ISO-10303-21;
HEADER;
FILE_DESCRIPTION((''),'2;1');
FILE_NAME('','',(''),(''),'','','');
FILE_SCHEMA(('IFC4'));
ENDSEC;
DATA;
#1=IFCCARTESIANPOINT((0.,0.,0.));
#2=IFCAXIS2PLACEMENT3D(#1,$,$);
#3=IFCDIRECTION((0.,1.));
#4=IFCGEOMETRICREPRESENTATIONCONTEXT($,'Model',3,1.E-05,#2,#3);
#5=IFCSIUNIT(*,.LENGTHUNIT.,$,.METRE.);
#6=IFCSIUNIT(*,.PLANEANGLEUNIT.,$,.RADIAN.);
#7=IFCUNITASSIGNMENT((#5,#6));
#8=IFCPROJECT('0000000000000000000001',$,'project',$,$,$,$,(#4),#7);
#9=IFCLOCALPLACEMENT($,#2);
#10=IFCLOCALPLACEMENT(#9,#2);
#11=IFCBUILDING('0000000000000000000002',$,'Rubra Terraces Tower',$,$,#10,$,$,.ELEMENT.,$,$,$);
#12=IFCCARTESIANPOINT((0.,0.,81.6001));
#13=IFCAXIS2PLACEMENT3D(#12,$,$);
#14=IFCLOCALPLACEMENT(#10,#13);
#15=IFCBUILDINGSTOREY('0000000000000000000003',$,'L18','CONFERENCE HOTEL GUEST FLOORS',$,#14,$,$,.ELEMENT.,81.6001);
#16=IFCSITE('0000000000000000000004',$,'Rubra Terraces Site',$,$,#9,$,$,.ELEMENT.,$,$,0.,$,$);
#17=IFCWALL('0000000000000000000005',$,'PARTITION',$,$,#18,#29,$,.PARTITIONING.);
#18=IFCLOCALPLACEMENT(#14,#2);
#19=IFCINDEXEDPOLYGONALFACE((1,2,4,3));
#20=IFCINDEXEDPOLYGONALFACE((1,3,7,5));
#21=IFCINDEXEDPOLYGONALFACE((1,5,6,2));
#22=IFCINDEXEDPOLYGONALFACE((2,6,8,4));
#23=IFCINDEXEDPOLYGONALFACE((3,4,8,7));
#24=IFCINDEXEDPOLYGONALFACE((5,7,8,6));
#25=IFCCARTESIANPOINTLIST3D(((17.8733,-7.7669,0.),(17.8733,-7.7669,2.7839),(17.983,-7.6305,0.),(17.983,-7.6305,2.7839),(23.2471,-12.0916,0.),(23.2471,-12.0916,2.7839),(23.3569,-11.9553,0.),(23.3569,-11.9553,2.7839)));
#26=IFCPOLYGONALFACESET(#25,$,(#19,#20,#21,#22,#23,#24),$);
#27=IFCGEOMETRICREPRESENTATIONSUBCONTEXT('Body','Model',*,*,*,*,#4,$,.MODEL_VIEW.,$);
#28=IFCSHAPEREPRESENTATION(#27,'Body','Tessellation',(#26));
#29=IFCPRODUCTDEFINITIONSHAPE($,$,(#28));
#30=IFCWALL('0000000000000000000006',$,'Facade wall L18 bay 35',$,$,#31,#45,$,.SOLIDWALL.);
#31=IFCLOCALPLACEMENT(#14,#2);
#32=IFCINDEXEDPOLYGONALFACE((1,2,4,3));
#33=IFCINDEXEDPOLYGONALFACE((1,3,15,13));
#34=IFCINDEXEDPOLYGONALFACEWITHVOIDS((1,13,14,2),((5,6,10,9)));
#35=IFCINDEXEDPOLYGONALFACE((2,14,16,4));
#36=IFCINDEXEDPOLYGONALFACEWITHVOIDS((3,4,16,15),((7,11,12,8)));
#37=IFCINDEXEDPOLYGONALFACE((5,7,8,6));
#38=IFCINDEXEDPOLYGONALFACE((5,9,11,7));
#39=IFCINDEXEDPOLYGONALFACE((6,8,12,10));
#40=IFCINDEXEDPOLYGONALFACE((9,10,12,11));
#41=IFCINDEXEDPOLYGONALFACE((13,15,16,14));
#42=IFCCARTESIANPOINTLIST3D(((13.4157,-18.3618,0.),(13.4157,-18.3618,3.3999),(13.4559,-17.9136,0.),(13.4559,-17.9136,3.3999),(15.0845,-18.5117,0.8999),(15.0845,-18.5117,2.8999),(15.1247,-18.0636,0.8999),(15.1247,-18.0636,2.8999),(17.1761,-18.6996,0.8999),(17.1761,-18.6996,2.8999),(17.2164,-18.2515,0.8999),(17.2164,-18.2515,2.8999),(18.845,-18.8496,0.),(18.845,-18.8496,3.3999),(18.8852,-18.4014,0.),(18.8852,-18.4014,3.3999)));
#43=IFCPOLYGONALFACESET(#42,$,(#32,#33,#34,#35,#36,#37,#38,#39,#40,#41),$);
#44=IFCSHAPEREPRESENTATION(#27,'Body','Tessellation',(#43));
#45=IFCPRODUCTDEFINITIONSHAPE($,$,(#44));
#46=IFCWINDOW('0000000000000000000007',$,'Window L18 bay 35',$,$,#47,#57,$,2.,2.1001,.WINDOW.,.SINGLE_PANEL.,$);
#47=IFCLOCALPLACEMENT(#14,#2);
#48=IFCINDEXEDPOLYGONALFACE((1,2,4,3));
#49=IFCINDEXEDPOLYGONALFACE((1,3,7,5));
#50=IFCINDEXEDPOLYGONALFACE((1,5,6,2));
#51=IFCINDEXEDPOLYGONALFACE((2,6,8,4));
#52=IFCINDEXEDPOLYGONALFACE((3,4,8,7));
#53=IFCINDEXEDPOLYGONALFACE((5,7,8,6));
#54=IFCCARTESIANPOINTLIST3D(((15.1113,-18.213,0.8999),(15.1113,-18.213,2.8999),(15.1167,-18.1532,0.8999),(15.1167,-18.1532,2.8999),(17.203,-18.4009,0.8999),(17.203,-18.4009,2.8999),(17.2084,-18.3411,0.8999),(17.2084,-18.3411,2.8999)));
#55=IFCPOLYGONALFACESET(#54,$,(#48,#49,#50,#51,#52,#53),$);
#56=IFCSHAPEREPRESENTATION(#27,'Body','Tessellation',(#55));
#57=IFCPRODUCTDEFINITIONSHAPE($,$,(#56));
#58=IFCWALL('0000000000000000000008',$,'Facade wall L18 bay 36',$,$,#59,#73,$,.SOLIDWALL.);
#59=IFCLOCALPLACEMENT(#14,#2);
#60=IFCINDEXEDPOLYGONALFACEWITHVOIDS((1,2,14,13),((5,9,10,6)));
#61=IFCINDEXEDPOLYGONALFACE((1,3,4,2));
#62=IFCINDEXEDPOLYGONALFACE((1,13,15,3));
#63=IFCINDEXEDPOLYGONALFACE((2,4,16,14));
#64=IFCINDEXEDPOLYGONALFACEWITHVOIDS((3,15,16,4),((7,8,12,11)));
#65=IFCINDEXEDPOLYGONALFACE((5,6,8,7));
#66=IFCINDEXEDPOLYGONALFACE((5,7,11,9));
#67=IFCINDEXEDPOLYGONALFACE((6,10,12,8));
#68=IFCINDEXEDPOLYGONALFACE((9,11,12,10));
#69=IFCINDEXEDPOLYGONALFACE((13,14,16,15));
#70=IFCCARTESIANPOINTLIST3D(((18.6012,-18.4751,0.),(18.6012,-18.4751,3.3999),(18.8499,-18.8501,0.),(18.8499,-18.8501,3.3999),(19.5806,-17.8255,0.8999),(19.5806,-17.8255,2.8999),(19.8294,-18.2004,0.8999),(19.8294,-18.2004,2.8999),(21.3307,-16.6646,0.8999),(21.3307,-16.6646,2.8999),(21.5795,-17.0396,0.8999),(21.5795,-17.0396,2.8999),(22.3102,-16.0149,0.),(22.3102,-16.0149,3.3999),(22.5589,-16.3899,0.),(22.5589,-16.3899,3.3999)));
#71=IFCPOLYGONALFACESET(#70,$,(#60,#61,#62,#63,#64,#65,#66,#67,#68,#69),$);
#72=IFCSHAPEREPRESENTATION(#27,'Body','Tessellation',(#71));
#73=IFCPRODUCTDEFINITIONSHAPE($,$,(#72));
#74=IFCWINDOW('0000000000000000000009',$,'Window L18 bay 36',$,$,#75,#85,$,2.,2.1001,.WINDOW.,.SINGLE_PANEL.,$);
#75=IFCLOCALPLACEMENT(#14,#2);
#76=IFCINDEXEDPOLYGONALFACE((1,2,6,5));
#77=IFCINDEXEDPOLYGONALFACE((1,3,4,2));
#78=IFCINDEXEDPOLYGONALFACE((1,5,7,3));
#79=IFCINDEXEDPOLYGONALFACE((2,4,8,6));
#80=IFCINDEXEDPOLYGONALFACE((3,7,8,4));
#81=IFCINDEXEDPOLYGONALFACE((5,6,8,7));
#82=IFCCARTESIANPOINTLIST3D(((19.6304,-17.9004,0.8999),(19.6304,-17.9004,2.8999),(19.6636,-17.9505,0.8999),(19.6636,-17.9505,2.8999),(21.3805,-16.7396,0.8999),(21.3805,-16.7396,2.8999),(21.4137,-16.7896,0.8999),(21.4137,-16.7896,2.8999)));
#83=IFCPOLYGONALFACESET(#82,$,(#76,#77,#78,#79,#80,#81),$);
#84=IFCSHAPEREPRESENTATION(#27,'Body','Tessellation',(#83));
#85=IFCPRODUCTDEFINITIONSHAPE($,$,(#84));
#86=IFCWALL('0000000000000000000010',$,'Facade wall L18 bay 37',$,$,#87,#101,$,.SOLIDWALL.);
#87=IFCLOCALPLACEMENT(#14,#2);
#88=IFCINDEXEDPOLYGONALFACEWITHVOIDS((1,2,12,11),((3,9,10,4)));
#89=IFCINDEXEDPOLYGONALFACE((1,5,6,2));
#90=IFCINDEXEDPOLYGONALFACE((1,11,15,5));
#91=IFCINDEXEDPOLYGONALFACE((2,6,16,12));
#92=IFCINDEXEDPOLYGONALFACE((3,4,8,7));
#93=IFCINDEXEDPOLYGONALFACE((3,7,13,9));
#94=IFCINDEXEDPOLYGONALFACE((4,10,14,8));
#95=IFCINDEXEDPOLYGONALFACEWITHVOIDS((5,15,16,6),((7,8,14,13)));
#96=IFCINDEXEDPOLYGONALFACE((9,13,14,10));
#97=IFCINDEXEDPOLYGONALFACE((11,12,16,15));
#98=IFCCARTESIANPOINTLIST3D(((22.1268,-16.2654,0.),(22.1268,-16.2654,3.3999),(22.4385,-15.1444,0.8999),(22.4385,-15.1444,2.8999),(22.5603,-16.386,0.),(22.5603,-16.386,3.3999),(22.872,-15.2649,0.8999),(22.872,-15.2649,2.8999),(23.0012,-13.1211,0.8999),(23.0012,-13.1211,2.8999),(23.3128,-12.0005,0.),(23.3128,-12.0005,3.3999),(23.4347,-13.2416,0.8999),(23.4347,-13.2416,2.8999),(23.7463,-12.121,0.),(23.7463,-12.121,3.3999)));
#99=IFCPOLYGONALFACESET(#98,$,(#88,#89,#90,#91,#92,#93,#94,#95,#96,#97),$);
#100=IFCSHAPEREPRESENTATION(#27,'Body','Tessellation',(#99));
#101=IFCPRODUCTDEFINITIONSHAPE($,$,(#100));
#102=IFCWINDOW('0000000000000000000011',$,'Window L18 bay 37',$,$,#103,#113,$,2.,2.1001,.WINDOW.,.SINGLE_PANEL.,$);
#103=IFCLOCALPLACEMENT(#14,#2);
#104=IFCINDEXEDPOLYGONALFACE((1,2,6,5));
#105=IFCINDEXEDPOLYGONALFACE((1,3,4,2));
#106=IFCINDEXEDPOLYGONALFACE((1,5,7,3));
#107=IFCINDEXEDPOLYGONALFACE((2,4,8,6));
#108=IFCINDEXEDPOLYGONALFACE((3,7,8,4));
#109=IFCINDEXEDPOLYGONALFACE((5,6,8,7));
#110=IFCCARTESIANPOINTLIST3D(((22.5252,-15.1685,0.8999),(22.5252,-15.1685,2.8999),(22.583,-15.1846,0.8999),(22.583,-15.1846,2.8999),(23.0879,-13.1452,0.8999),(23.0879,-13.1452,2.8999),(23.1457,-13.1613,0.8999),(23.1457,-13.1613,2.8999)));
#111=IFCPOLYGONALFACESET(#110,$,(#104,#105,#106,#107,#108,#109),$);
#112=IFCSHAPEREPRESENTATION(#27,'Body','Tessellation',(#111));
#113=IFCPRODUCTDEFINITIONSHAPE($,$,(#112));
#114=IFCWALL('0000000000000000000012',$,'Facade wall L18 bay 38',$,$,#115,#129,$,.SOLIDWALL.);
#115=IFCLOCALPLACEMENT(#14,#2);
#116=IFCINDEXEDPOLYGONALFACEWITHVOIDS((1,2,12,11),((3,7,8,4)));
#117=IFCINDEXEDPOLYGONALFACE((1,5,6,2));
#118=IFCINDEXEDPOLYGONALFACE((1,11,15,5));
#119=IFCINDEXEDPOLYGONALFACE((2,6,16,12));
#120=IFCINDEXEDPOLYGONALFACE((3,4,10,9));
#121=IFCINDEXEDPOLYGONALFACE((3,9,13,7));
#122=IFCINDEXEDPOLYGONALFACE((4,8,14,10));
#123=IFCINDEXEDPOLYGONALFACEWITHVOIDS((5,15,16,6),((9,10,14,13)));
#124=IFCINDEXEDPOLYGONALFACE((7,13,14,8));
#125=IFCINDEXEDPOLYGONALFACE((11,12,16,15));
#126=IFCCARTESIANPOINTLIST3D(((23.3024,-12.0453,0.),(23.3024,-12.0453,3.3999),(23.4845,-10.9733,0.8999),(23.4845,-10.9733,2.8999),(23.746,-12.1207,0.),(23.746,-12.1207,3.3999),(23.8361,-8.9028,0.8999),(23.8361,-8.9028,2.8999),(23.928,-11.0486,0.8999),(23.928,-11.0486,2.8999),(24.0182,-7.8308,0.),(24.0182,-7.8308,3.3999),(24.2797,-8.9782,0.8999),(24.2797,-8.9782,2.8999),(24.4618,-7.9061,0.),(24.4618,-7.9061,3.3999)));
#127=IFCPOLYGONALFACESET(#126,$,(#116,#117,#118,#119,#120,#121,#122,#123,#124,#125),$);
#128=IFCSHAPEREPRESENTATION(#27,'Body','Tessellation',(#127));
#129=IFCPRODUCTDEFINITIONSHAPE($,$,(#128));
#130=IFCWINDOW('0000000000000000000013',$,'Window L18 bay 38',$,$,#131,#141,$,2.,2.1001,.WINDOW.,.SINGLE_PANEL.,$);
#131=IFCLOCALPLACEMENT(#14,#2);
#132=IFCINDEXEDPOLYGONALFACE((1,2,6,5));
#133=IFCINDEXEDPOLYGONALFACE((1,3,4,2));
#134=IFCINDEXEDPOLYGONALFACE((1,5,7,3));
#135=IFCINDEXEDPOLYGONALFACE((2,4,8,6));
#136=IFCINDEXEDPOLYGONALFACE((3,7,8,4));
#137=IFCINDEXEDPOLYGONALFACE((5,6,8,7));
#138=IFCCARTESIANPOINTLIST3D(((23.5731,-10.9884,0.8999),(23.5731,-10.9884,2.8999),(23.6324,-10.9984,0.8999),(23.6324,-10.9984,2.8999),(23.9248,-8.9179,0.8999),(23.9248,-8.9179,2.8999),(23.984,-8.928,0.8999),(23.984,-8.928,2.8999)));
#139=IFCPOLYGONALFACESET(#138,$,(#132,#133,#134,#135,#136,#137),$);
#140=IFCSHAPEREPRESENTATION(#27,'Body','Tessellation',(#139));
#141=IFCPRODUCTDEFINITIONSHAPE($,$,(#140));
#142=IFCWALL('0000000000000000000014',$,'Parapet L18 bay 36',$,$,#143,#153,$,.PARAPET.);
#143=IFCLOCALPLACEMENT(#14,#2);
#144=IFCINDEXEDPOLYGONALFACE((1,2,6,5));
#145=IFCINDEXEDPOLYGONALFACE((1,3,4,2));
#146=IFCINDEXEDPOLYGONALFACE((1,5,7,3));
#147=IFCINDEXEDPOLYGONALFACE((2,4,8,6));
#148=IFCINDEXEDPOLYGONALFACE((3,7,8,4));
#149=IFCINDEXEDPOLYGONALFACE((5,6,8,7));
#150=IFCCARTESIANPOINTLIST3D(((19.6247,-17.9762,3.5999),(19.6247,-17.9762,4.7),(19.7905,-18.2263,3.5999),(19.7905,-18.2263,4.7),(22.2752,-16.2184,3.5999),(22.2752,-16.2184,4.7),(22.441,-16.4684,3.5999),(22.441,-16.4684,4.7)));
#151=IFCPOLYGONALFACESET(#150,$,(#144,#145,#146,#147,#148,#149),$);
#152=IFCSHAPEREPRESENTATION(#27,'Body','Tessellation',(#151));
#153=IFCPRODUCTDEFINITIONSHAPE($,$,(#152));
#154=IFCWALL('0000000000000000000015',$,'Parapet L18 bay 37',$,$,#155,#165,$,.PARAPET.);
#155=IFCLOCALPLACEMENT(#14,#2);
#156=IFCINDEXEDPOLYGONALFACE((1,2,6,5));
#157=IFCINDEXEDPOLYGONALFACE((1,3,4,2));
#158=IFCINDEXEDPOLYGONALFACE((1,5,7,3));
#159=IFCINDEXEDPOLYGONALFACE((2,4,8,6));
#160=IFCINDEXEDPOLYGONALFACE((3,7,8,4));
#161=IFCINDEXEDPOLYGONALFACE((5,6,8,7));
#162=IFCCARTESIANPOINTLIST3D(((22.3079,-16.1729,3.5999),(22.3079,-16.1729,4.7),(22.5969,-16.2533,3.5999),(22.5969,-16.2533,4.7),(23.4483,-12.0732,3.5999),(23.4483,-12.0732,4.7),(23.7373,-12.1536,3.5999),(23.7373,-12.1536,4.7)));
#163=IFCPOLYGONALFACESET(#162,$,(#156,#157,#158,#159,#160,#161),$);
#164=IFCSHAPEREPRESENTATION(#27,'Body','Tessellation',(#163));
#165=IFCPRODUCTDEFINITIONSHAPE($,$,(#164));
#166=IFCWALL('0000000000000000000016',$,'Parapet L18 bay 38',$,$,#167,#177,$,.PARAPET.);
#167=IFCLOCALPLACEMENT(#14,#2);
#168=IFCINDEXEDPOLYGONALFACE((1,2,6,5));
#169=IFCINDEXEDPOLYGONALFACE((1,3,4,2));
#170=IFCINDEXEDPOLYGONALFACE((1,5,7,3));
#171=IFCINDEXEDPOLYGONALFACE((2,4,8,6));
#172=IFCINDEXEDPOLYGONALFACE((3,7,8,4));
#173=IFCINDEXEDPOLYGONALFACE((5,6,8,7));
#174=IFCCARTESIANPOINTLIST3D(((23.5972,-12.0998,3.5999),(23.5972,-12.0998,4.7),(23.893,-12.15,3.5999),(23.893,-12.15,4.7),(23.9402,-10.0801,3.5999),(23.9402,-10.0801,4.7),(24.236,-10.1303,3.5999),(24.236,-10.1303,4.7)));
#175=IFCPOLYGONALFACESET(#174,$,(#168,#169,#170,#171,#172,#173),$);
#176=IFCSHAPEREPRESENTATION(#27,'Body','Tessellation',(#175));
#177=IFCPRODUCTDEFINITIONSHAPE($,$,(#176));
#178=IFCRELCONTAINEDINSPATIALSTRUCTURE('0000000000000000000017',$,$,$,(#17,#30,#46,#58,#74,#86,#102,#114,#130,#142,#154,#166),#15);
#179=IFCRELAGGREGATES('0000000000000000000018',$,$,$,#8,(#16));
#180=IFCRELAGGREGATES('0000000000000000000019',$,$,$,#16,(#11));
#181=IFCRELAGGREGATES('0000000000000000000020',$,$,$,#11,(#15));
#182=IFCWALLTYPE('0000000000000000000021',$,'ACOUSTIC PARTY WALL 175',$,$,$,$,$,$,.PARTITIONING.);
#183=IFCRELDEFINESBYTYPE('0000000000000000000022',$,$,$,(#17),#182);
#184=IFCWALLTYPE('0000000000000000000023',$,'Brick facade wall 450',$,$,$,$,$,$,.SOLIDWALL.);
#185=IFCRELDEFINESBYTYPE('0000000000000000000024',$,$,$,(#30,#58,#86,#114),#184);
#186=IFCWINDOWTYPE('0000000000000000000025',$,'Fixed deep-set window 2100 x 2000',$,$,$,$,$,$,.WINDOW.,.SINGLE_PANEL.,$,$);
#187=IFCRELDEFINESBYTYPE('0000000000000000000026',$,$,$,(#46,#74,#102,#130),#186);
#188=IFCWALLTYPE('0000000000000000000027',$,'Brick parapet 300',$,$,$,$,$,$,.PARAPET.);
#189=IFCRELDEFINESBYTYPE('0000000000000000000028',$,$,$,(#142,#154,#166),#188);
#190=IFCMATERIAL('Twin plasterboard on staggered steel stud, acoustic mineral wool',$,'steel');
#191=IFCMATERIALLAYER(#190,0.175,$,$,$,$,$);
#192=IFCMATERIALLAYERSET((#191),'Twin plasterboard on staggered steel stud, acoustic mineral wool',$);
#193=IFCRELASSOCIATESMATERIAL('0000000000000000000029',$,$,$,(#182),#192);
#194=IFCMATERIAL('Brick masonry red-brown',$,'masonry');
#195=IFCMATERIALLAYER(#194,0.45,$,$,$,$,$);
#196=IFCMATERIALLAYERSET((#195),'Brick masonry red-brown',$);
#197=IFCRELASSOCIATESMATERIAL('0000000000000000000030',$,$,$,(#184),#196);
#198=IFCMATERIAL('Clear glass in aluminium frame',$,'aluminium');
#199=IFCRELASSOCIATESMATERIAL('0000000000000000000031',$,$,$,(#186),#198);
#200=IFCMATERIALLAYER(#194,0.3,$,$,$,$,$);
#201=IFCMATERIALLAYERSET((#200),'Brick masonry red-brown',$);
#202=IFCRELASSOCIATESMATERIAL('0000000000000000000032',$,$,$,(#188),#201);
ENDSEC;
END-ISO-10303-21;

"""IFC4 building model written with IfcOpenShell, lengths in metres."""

from ifc_helpers import new_model, si_unit, direction, frame, frame_2d, origin, place, context, subcontext, project, spatial, rectangle, extrude, material, layer, layer_set, type_object, element, fill, save


model = new_model("IFC4")

# Units and contexts
model_context = context("Model", 3, precision=1e-05, world=origin(), true_north=direction((0.0, 1.0)))
body_context = subcontext(model_context, "Body", "Model", "MODEL_VIEW")
ifc_project = project(units=[si_unit("LENGTHUNIT", "METRE"), si_unit("PLANEANGLEUNIT", "RADIAN")], contexts=[model_context])

# Site, building, storey
site_placement = place(None, origin())
site = spatial("IfcSite", under=ifc_project, at=site_placement, Name="Rubra Terraces Site", CompositionType="ELEMENT", RefElevation=0.0)
building_placement = place(site_placement, origin())
building = spatial("IfcBuilding", under=site, at=building_placement, Name="Rubra Terraces Tower", CompositionType="ELEMENT")
storey_placement = place(building_placement, frame((0.0, 0.0, 81.6001)))
storey = spatial("IfcBuildingStorey", under=building, at=storey_placement, Name="L18", Description="CONFERENCE HOTEL GUEST FLOORS", CompositionType="ELEMENT", Elevation=81.6001)

# Wall
ifc_material_1 = material(Name="Twin plasterboard on staggered steel stud, acoustic mineral wool", Category="steel")
ifc_layer_1 = layer(ifc_material_1, 0.175)
ifc_layer_set_1 = layer_set([ifc_layer_1], Name="Twin plasterboard on staggered steel stud, acoustic mineral wool")
wall_type_1 = type_object("IfcWallType", Name="ACOUSTIC PARTY WALL 175", PredefinedType="PARTITIONING", material=ifc_layer_set_1)
wall_1_placement = place(storey_placement, frame((23.302, -12.0234, 0.0), z_axis=(0.0, 0.0, 1.0), x_axis=(-0.779049, 0.626963, 0.0)))
element("IfcWall", 1, at=wall_1_placement, inside=storey, type_object=wall_type_1, Name="PARTITION", PredefinedType="PARTITIONING", context=body_context, shape_type="SweptSolid", body=[
    extrude(rectangle(XDim=6.8979, YDim=0.175, at=frame_2d((3.449, 0.0))), origin(), (0.0, 0.0, 1.0), 2.7839),
])

# Walls, openings, windows
ifc_material_2 = material(Name="Brick masonry red-brown", Category="masonry")
ifc_layer_2 = layer(ifc_material_2, 0.45)
ifc_layer_set_2 = layer_set([ifc_layer_2], Name="Brick masonry red-brown")
wall_type_2 = type_object("IfcWallType", Name="Brick facade wall 450", PredefinedType="SOLIDWALL", material=ifc_layer_set_2)
wall_2_placement = place(storey_placement, frame((13.4358, -18.1377, 0.0), z_axis=(0.0, 0.0, 1.0), x_axis=(0.995988, -0.089486, 0.0)))
wall_2 = element("IfcWall", 2, at=wall_2_placement, inside=storey, type_object=wall_type_2, Name="Facade wall L18 bay 35", PredefinedType="SOLIDWALL", context=body_context, shape_type="SweptSolid", body=[
    extrude(rectangle(XDim=5.4512, YDim=0.45, at=frame_2d((2.7256, 0.0))), origin(), (0.0, 0.0, 1.0), 3.3999),
])
opening_1_placement = place(wall_2_placement, frame((1.6755, 0.0, 0.8999)))
opening_1 = element("IfcOpeningElement", 3, at=opening_1_placement, cuts=wall_2, PredefinedType="OPENING", context=body_context, shape_type="SweptSolid", body=[
    extrude(rectangle(XDim=2.1001, YDim=2.0, at=frame_2d((1.05, 1.0))), frame((0.0, 0.2349, 0.0), z_axis=(0.0, -1.0, 0.0), x_axis=(1.0, 0.0, 0.0)), (0.0, 0.0, 1.0), 0.47),
])
ifc_material_3 = material(Name="Clear glass in aluminium frame", Category="aluminium")
window_type = type_object("IfcWindowType", Name="Fixed deep-set window 2100 x 2000", PartitioningType="SINGLE_PANEL", PredefinedType="WINDOW", material=ifc_material_3)
window_1_placement = place(opening_1_placement, origin())
window_1 = element("IfcWindow", 4, at=window_1_placement, inside=storey, type_object=window_type, Name="Window L18 bay 35", OverallHeight=2.0, OverallWidth=2.1001, PartitioningType="SINGLE_PANEL", PredefinedType="WINDOW", context=body_context, shape_type="SweptSolid", body=[
    extrude(rectangle(XDim=2.1001, YDim=2.0, at=frame_2d((1.05, 1.0))), frame((0.0, 0.135, 0.0), z_axis=(0.0, -1.0, 0.0), x_axis=(1.0, 0.0, 0.0)), (0.0, 0.0, 1.0), 0.0601),
])
fill(opening_1, window_1)
wall_3_placement = place(storey_placement, frame((18.7256, -18.6626, 0.0), z_axis=(0.0, 0.0, 1.0), x_axis=(0.833339, 0.552762, 0.0)))
wall_3 = element("IfcWall", 5, at=wall_3_placement, inside=storey, type_object=wall_type_2, Name="Facade wall L18 bay 36", PredefinedType="SOLIDWALL", context=body_context, shape_type="SweptSolid", body=[
    extrude(rectangle(XDim=4.4507, YDim=0.45, at=frame_2d((2.2253, 0.0))), origin(), (0.0, 0.0, 1.0), 3.3999),
])
opening_2_placement = place(wall_3_placement, frame((1.1753, 0.0, 0.8999)))
opening_2 = element("IfcOpeningElement", 6, at=opening_2_placement, cuts=wall_3, PredefinedType="OPENING", context=body_context, shape_type="SweptSolid", body=[
    extrude(rectangle(XDim=2.1001, YDim=2.0, at=frame_2d((1.05, 1.0))), frame((0.0, 0.2349, 0.0), z_axis=(0.0, -1.0, 0.0), x_axis=(1.0, 0.0, 0.0)), (0.0, 0.0, 1.0), 0.47),
])
window_2_placement = place(opening_2_placement, origin())
window_2 = element("IfcWindow", 7, at=window_2_placement, inside=storey, type_object=window_type, Name="Window L18 bay 36", OverallHeight=2.0, OverallWidth=2.1001, PartitioningType="SINGLE_PANEL", PredefinedType="WINDOW", context=body_context, shape_type="SweptSolid", body=[
    extrude(rectangle(XDim=2.1001, YDim=2.0, at=frame_2d((1.05, 1.0))), frame((0.0, 0.135, 0.0), z_axis=(0.0, -1.0, 0.0), x_axis=(1.0, 0.0, 0.0)), (0.0, 0.0, 1.0), 0.0601),
])
fill(opening_2, window_2)
wall_4_placement = place(storey_placement, frame((22.3435, -16.3257, 0.0), z_axis=(0.0, 0.0, 1.0), x_axis=(0.267925, 0.96344, 0.0)))
wall_4 = element("IfcWall", 8, at=wall_4_placement, inside=storey, type_object=wall_type_2, Name="Facade wall L18 bay 37", PredefinedType="SOLIDWALL", context=body_context, shape_type="SweptSolid", body=[
    extrude(rectangle(XDim=4.4268, YDim=0.45, at=frame_2d((2.2134, 0.0))), origin(), (0.0, 0.0, 1.0), 3.3999),
])
opening_3_placement = place(wall_4_placement, frame((1.1636, 0.0, 0.8999)))
opening_3 = element("IfcOpeningElement", 9, at=opening_3_placement, cuts=wall_4, PredefinedType="OPENING", context=body_context, shape_type="SweptSolid", body=[
    extrude(rectangle(XDim=2.1001, YDim=2.0, at=frame_2d((1.05, 1.0))), frame((0.0, 0.2349, 0.0), z_axis=(0.0, -1.0, 0.0), x_axis=(1.0, 0.0, 0.0)), (0.0, 0.0, 1.0), 0.47),
])
window_3_placement = place(opening_3_placement, origin())
window_3 = element("IfcWindow", 10, at=window_3_placement, inside=storey, type_object=window_type, Name="Window L18 bay 37", OverallHeight=2.0, OverallWidth=2.1001, PartitioningType="SINGLE_PANEL", PredefinedType="WINDOW", context=body_context, shape_type="SweptSolid", body=[
    extrude(rectangle(XDim=2.1001, YDim=2.0, at=frame_2d((1.05, 1.0))), frame((0.0, 0.135, 0.0), z_axis=(0.0, -1.0, 0.0), x_axis=(1.0, 0.0, 0.0)), (0.0, 0.0, 1.0), 0.0601),
])
fill(opening_3, window_3)
wall_5_placement = place(storey_placement, frame((23.5242, -12.083, 0.0), z_axis=(0.0, 0.0, 1.0), x_axis=(0.167445, 0.985881, 0.0)))
wall_5 = element("IfcWall", 11, at=wall_5_placement, inside=storey, type_object=wall_type_2, Name="Facade wall L18 bay 38", PredefinedType="SOLIDWALL", context=body_context, shape_type="SweptSolid", body=[
    extrude(rectangle(XDim=4.2749, YDim=0.45, at=frame_2d((2.1375, 0.0))), origin(), (0.0, 0.0, 1.0), 3.3999),
])
opening_4_placement = place(wall_5_placement, frame((1.0874, 0.0, 0.8999)))
opening_4 = element("IfcOpeningElement", 12, at=opening_4_placement, cuts=wall_5, PredefinedType="OPENING", context=body_context, shape_type="SweptSolid", body=[
    extrude(rectangle(XDim=2.1001, YDim=2.0, at=frame_2d((1.05, 1.0))), frame((0.0, 0.2349, 0.0), z_axis=(0.0, -1.0, 0.0), x_axis=(1.0, 0.0, 0.0)), (0.0, 0.0, 1.0), 0.47),
])
window_4_placement = place(opening_4_placement, origin())
window_4 = element("IfcWindow", 13, at=window_4_placement, inside=storey, type_object=window_type, Name="Window L18 bay 38", OverallHeight=2.0, OverallWidth=2.1001, PartitioningType="SINGLE_PANEL", PredefinedType="WINDOW", context=body_context, shape_type="SweptSolid", body=[
    extrude(rectangle(XDim=2.1001, YDim=2.0, at=frame_2d((1.05, 1.0))), frame((0.0, 0.135, 0.0), z_axis=(0.0, -1.0, 0.0), x_axis=(1.0, 0.0, 0.0)), (0.0, 0.0, 1.0), 0.0601),
])
fill(opening_4, window_4)

# Walls
ifc_layer_3 = layer(ifc_material_2, 0.3)
ifc_layer_set_3 = layer_set([ifc_layer_3], Name="Brick masonry red-brown")
wall_type_3 = type_object("IfcWallType", Name="Brick parapet 300", PredefinedType="PARAPET", material=ifc_layer_set_3)
wall_6_placement = place(storey_placement, frame((19.7075, -18.1013, 3.5999), z_axis=(0.0, 0.0, 1.0), x_axis=(0.833371, 0.552715, 0.0)))
element("IfcWall", 14, at=wall_6_placement, inside=storey, type_object=wall_type_3, Name="Parapet L18 bay 36", PredefinedType="PARAPET", context=body_context, shape_type="SweptSolid", body=[
    extrude(rectangle(XDim=3.1804, YDim=0.3, at=frame_2d((1.5903, 0.0))), origin(), (0.0, 0.0, 1.0), 1.1001),
])
wall_7_placement = place(storey_placement, frame((22.4524, -16.2131, 3.5999), z_axis=(0.0, 0.0, 1.0), x_axis=(0.267993, 0.963421, 0.0)))
element("IfcWall", 15, at=wall_7_placement, inside=storey, type_object=wall_type_3, Name="Parapet L18 bay 37", PredefinedType="PARAPET", context=body_context, shape_type="SweptSolid", body=[
    extrude(rectangle(XDim=4.2554, YDim=0.3, at=frame_2d((2.1277, 0.0))), origin(), (0.0, 0.0, 1.0), 1.1001),
])
wall_8_placement = place(storey_placement, frame((23.7451, -12.125, 3.5999), z_axis=(0.0, 0.0, 1.0), x_axis=(0.167432, 0.985884, 0.0)))
element("IfcWall", 16, at=wall_8_placement, inside=storey, type_object=wall_type_3, Name="Parapet L18 bay 38", PredefinedType="PARAPET", context=body_context, shape_type="SweptSolid", body=[
    extrude(rectangle(XDim=2.0486, YDim=0.3, at=frame_2d((1.0244, 0.0))), origin(), (0.0, 0.0, 1.0), 1.1001),
])

save(model, "model.ifc")
